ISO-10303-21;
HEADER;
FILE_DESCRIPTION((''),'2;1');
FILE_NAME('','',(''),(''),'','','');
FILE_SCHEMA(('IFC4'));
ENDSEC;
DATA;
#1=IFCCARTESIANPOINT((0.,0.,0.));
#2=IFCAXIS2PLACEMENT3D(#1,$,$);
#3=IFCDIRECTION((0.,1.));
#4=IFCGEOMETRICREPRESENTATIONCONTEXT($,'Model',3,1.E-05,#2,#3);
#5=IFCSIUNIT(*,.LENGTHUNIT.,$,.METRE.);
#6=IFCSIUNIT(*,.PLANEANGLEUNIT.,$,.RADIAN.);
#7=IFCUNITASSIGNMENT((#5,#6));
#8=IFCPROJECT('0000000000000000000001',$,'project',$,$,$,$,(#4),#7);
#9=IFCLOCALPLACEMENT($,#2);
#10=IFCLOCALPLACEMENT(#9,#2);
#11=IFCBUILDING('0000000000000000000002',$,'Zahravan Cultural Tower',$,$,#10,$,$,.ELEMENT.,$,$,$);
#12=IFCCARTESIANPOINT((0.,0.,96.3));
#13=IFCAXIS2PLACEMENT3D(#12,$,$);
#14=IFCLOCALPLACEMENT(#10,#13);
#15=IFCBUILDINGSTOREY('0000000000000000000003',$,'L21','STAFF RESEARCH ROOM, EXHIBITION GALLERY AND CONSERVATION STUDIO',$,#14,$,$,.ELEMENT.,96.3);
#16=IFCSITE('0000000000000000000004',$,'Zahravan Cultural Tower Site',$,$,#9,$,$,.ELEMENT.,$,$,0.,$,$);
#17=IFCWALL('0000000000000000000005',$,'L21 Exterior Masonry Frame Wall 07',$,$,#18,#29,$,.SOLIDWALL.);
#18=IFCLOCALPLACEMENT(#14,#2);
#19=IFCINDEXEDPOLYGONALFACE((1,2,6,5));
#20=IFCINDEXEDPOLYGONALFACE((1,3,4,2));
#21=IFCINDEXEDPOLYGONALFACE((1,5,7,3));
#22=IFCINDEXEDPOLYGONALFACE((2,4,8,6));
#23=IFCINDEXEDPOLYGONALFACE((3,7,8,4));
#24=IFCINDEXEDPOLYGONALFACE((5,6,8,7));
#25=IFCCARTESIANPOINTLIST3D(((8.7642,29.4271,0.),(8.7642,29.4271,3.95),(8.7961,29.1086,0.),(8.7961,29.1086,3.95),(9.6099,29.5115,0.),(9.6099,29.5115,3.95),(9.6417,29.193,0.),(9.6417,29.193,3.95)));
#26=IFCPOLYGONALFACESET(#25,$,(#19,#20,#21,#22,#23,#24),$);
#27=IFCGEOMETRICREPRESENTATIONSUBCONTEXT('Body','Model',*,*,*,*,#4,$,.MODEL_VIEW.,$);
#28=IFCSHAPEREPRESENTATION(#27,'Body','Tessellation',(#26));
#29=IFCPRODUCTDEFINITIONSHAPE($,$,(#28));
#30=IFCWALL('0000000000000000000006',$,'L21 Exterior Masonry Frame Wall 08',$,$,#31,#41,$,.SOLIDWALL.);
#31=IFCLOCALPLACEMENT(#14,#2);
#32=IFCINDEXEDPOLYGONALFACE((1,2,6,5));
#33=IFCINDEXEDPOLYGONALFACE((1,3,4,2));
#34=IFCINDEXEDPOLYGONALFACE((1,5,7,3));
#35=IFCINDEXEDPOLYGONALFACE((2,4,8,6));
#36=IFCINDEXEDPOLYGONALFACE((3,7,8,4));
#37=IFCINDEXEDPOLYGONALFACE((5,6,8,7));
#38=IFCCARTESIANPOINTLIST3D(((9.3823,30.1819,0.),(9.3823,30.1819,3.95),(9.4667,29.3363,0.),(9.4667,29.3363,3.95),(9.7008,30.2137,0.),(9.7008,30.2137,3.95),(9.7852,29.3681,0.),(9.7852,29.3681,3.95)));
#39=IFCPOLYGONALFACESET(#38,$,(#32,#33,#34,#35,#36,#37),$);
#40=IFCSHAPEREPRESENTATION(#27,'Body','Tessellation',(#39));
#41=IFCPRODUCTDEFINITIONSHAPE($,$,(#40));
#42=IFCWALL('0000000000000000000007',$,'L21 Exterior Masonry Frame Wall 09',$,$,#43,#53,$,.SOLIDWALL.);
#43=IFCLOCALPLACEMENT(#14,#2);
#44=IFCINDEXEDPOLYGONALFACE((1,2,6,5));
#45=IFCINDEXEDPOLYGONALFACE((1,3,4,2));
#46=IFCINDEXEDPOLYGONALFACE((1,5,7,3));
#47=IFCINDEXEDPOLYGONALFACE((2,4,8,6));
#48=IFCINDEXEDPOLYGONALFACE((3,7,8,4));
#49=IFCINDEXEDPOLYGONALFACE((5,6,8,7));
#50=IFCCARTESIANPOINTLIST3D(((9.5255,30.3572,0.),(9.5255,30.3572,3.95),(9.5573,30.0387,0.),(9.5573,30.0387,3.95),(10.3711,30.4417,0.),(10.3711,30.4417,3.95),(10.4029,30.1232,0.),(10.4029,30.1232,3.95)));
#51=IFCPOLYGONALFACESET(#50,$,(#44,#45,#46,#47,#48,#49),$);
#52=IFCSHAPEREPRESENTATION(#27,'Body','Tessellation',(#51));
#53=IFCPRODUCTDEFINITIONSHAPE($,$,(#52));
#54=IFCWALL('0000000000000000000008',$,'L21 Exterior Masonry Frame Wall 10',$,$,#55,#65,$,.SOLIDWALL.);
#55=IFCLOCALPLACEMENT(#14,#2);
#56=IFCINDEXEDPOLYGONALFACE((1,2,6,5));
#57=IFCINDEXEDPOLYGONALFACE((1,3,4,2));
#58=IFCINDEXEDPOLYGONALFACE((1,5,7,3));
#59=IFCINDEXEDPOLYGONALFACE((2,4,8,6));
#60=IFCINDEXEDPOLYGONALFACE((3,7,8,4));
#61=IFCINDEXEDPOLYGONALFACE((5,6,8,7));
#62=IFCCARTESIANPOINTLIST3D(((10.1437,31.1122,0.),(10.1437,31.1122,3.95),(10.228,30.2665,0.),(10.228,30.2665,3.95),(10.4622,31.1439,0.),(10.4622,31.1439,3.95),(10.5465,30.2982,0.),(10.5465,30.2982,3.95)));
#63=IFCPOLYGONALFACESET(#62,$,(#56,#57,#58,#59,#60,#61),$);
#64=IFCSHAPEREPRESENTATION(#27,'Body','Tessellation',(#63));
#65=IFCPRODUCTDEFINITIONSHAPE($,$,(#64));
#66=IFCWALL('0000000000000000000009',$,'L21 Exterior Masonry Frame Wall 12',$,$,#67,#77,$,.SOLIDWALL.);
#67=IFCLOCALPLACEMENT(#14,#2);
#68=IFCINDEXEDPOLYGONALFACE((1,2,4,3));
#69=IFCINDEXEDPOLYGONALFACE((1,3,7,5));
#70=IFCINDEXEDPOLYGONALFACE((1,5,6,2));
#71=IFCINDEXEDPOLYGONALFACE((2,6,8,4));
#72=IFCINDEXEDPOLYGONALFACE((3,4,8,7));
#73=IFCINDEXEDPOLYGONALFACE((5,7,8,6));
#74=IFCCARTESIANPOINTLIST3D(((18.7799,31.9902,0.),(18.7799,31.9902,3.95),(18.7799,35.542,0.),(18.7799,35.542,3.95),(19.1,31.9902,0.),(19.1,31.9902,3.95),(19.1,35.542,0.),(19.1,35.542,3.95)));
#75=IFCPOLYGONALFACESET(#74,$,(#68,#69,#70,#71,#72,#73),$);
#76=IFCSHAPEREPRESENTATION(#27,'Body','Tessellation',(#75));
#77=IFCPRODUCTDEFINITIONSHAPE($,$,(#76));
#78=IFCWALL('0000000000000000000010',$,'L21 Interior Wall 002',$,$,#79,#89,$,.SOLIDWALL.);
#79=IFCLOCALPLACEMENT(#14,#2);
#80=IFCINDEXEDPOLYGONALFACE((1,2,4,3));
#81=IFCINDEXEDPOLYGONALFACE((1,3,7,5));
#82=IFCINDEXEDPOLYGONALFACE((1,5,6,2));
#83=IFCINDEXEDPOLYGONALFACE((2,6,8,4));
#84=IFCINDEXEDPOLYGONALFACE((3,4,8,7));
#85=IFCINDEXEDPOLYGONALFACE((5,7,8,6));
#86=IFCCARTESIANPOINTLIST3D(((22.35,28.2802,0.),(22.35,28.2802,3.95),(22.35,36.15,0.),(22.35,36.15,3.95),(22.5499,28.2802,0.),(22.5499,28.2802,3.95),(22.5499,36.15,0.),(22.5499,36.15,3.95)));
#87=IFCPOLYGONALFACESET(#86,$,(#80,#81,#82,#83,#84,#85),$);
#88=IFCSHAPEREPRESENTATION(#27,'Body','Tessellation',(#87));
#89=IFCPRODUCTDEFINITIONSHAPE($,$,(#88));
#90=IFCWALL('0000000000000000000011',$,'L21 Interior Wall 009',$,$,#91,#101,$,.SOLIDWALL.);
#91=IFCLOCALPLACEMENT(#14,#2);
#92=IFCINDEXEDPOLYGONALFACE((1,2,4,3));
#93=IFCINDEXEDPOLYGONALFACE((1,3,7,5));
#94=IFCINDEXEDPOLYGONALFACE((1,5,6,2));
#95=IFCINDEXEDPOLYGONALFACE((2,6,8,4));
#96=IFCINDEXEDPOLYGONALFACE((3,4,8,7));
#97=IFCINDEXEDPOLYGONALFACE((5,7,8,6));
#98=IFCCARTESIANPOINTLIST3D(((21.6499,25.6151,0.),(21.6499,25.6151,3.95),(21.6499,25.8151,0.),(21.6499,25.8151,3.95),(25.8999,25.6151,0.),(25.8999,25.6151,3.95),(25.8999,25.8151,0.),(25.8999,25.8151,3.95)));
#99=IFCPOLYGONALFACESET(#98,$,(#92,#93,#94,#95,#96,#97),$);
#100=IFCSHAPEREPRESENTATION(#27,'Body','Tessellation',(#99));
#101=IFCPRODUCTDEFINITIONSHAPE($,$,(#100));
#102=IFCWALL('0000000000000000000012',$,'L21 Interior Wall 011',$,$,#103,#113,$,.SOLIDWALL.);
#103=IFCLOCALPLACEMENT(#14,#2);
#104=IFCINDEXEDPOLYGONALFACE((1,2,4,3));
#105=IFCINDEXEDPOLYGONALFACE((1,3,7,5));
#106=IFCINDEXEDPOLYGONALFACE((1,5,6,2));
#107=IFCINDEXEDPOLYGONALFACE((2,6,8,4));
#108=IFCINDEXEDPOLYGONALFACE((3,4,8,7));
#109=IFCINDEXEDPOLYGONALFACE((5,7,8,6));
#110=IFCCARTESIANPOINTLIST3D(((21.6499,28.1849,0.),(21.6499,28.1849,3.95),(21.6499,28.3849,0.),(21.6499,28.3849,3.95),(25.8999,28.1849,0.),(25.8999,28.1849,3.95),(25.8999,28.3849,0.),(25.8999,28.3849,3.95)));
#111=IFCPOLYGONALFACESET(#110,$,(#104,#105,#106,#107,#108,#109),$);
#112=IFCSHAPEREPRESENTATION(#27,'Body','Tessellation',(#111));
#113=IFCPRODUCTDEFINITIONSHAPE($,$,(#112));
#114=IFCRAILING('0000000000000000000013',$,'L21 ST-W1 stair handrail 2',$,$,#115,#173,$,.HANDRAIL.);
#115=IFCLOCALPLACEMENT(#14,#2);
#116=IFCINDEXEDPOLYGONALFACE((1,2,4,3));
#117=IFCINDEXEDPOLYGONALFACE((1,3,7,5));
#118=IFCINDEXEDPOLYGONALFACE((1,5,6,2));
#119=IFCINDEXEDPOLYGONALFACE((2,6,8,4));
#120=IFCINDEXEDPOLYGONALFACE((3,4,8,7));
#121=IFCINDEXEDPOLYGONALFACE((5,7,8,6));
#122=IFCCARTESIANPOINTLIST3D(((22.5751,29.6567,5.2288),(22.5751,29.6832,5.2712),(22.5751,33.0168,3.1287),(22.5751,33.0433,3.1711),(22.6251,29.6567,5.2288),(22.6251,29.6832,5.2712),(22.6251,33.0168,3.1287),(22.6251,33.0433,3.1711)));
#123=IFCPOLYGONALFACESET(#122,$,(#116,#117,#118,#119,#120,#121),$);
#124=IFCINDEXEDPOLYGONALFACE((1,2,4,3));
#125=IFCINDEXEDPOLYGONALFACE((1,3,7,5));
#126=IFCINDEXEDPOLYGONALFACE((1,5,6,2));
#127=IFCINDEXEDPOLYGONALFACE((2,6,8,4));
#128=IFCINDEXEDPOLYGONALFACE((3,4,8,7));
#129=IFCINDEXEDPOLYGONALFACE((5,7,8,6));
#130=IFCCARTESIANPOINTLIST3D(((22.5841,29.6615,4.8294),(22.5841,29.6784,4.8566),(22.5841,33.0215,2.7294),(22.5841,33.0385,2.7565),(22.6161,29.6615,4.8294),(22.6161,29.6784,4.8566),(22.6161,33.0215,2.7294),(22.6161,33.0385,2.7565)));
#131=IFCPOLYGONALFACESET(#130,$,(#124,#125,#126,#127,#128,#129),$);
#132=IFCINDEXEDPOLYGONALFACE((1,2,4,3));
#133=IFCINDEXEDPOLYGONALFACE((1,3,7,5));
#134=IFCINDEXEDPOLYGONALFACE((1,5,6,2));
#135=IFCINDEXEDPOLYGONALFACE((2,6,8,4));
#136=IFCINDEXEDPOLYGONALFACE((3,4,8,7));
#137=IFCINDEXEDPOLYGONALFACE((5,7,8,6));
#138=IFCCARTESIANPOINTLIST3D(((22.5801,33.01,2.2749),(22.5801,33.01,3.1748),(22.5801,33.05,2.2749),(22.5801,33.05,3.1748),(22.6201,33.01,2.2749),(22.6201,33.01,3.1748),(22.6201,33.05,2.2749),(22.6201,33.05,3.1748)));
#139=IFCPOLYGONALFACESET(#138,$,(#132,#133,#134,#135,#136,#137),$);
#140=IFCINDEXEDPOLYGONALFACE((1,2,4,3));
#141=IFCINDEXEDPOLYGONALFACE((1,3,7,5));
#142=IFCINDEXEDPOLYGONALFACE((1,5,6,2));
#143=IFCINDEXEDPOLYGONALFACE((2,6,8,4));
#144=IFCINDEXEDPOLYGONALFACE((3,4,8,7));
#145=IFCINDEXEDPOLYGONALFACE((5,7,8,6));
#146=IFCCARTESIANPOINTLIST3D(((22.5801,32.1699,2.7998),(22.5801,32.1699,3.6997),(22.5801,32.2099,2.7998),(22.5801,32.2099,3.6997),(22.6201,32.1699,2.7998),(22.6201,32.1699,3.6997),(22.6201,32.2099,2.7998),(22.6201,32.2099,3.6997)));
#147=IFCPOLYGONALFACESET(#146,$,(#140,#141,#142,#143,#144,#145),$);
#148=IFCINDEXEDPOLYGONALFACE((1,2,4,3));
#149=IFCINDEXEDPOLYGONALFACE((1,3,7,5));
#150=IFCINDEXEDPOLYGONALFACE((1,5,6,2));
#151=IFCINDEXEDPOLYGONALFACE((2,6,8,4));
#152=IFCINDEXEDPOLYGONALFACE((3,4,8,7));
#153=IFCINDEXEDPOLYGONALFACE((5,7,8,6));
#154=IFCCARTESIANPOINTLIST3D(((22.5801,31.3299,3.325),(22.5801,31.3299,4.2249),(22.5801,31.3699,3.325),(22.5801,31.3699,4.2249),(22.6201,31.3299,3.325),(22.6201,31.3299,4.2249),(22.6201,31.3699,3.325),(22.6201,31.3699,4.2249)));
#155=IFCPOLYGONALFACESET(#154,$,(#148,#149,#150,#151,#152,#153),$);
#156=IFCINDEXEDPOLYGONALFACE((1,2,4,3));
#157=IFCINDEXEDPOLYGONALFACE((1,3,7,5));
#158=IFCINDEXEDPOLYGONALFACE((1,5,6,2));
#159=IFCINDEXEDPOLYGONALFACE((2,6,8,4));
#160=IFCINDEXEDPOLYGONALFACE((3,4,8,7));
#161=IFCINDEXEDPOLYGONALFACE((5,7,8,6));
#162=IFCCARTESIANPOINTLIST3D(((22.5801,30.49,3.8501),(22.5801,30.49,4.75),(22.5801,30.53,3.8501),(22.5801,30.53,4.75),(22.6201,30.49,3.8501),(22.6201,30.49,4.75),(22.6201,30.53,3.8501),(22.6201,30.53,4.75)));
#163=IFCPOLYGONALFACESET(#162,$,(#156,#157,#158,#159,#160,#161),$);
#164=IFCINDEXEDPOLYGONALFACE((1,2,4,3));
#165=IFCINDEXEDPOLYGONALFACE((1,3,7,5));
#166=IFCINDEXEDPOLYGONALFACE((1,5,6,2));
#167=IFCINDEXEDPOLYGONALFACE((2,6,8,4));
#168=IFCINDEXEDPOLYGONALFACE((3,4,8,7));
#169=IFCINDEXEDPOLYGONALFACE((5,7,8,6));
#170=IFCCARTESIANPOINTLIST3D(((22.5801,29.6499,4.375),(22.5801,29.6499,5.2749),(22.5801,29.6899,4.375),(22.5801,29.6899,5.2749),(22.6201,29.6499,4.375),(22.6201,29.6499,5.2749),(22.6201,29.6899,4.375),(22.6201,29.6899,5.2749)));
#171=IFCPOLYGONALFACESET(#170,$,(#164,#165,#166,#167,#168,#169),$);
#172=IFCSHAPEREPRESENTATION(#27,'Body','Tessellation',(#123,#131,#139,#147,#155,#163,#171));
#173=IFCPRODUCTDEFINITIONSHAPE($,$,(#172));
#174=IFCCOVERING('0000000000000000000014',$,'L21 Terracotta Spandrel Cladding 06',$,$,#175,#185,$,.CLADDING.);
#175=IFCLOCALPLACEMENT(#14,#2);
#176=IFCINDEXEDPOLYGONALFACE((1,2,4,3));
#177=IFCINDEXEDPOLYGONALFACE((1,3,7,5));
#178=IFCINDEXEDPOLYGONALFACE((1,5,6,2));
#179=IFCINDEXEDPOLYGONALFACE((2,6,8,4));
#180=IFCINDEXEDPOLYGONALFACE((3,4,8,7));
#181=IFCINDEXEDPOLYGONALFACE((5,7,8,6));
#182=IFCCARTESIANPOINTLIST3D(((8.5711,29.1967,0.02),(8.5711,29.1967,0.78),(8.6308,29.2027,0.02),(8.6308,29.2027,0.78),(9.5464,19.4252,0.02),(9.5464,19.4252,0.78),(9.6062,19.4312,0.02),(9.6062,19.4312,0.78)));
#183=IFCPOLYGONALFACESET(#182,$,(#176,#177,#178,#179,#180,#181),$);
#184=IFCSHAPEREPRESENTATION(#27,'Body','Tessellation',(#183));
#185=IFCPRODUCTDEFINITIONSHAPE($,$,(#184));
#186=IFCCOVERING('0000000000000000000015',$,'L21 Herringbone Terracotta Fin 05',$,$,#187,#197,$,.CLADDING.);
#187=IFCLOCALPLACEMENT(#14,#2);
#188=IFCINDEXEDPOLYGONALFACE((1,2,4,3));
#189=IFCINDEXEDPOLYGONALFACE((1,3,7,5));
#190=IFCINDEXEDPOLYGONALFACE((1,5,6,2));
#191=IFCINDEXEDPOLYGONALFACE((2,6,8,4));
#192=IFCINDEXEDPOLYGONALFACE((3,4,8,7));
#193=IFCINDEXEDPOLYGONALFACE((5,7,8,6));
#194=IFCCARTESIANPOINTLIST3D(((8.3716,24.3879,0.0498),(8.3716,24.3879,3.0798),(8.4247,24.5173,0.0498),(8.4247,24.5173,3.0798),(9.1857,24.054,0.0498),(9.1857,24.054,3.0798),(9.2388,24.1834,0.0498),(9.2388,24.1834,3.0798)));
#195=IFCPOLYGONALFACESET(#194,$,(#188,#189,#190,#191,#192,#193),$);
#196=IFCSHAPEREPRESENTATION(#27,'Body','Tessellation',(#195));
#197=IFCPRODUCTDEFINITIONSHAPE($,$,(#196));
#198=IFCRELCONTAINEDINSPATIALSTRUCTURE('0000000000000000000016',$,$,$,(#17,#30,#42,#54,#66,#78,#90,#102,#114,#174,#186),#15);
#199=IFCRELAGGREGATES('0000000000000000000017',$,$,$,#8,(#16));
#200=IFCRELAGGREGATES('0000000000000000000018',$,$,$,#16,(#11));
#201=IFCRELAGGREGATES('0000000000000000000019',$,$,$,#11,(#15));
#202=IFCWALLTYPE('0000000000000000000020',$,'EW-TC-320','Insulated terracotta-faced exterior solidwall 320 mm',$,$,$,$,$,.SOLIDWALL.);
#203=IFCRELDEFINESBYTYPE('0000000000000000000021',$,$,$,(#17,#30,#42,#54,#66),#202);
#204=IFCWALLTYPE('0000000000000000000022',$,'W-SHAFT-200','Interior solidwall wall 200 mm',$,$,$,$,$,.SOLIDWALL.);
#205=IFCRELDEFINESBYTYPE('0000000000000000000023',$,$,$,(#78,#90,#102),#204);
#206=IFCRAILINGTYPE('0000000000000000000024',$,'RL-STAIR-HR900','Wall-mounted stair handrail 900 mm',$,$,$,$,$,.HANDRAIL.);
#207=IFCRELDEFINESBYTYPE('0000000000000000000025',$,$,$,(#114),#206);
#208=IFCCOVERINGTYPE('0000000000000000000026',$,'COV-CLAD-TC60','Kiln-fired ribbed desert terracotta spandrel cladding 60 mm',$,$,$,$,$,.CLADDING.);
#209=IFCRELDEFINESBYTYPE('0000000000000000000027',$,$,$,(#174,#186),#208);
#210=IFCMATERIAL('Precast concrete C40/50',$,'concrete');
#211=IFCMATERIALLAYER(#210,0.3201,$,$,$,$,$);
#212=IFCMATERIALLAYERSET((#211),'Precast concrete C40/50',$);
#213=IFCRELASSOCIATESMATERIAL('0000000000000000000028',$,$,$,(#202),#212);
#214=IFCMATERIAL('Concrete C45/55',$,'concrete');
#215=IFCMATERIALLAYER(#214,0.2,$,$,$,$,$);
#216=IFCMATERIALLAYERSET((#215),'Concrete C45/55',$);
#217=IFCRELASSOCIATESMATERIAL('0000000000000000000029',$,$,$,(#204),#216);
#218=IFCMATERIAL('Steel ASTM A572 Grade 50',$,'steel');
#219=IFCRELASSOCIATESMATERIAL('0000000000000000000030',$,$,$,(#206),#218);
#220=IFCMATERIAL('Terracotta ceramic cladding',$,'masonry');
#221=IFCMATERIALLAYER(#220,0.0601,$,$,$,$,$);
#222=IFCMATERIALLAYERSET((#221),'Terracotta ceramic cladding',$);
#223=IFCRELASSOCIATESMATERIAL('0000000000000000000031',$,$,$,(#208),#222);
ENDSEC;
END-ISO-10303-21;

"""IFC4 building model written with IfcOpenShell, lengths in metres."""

from ifc_helpers import new_model, si_unit, direction, frame, frame_2d, origin, origin_2d, place, context, subcontext, project, spatial, rectangle, extrude, source, transform, mapped, material, layer, layer_set, type_object, element, save


model = new_model("IFC4")

# Units and contexts
model_context = context("Model", 3, precision=1e-05, world=origin(), true_north=direction((0.0, 1.0)))
body_context = subcontext(model_context, "Body", "Model", "MODEL_VIEW")
ifc_project = project(units=[si_unit("LENGTHUNIT", "METRE"), si_unit("PLANEANGLEUNIT", "RADIAN")], contexts=[model_context])

# Site, building, storey
site_placement = place(None, origin())
site = spatial("IfcSite", under=ifc_project, at=site_placement, Name="Zahravan Cultural Tower Site", CompositionType="ELEMENT", RefElevation=0.0)
building_placement = place(site_placement, origin())
building = spatial("IfcBuilding", under=site, at=building_placement, Name="Zahravan Cultural Tower", CompositionType="ELEMENT")
storey_placement = place(building_placement, frame((0.0, 0.0, 96.3)))
storey = spatial("IfcBuildingStorey", under=building, at=storey_placement, Name="L21", Description="STAFF RESEARCH ROOM, EXHIBITION GALLERY AND CONSERVATION STUDIO", CompositionType="ELEMENT", Elevation=96.3)

# Shared definitions
ifc_material_1 = material(Name="Precast concrete C40/50", Category="concrete")
ifc_layer_1 = layer(ifc_material_1, 0.3201)
ifc_layer_set_1 = layer_set([ifc_layer_1], Name="Precast concrete C40/50")
wall_type_1 = type_object("IfcWallType", Name="EW-TC-320", Description="Insulated terracotta-faced exterior solidwall 320 mm", PredefinedType="SOLIDWALL", material=ifc_layer_set_1)

# Walls
shared_shape_1 = source(origin(), body_context, "Body", "SweptSolid", [
    extrude(rectangle(XDim=0.8499, YDim=0.3201, at=frame_2d((0.4248, 0.0))), origin(), (0.0, 0.0, 1.0), 3.95),
])
for number, where, z_axis, x_axis, name in (
    (1, (8.7803, 29.2678, 0.0), (0.0, 0.0, 1.0), (0.995049, 0.09939, 0.0), "L21 Exterior Masonry Frame Wall 07"),
    (2, (9.626, 29.3523, 0.0), (0.0, 0.0, 1.0), (-0.09939, 0.995049, 0.0), "L21 Exterior Masonry Frame Wall 08"),
    (3, (9.5415, 30.198, 0.0), (0.0, 0.0, 1.0), (0.995049, 0.09939, 0.0), "L21 Exterior Masonry Frame Wall 09"),
    (4, (10.3872, 30.2825, 0.0), (0.0, 0.0, 1.0), (-0.099106, 0.995077, 0.0), "L21 Exterior Masonry Frame Wall 10"),
):
    element("IfcWall", number, at=place(storey_placement, frame(where, z_axis=z_axis, x_axis=x_axis)), inside=storey, type_object=wall_type_1, Name=name, PredefinedType="SOLIDWALL", context=body_context, shape_type="MappedRepresentation", body=[
        mapped(shared_shape_1, transform((0.0, 0.0, 0.0), x_axis=(1.0, 0.0, 0.0), y_axis=(0.0, 1.0, 0.0), z_axis=(0.0, 0.0, 1.0), scale=1.0)),
    ])
shared_shape_2 = source(origin(), body_context, "Body", "SweptSolid", [
    extrude(rectangle(XDim=3.5518, YDim=0.3201, at=frame_2d((1.7759, 0.0))), origin(), (0.0, 0.0, 1.0), 3.95),
])
wall_1_placement = place(storey_placement, frame((18.9399, 31.9902, 0.0), z_axis=(0.0, 0.0, 1.0), x_axis=(0.0, 1.0, 0.0)))
element("IfcWall", 5, at=wall_1_placement, inside=storey, type_object=wall_type_1, Name="L21 Exterior Masonry Frame Wall 12", PredefinedType="SOLIDWALL", context=body_context, shape_type="MappedRepresentation", body=[
    mapped(shared_shape_2, transform((0.0, 0.0, 0.0), x_axis=(1.0, 0.0, 0.0), y_axis=(0.0, 1.0, 0.0), z_axis=(0.0, 0.0, 1.0), scale=1.0)),
])
ifc_material_2 = material(Name="Concrete C45/55", Category="concrete")
ifc_layer_2 = layer(ifc_material_2, 0.2)
ifc_layer_set_2 = layer_set([ifc_layer_2], Name="Concrete C45/55")
wall_type_2 = type_object("IfcWallType", Name="W-SHAFT-200", Description="Interior solidwall wall 200 mm", PredefinedType="SOLIDWALL", material=ifc_layer_set_2)
shared_shape_3 = source(origin(), body_context, "Body", "SweptSolid", [
    extrude(rectangle(XDim=7.8699, YDim=0.2, at=frame_2d((3.9351, 0.0))), origin(), (0.0, 0.0, 1.0), 3.95),
])
wall_2_placement = place(storey_placement, frame((22.45, 28.28, 0.0), z_axis=(0.0, 0.0, 1.0), x_axis=(0.0, 1.0, 0.0)))
element("IfcWall", 6, at=wall_2_placement, inside=storey, type_object=wall_type_2, Name="L21 Interior Wall 002", PredefinedType="SOLIDWALL", context=body_context, shape_type="MappedRepresentation", body=[
    mapped(shared_shape_3, transform((0.0, 0.0, 0.0), x_axis=(1.0, 0.0, 0.0), y_axis=(0.0, 1.0, 0.0), z_axis=(0.0, 0.0, 1.0), scale=1.0)),
])
shared_shape_4 = source(origin(), body_context, "Body", "SweptSolid", [
    extrude(rectangle(XDim=4.25, YDim=0.2, at=frame_2d((2.125, 0.0))), origin(), (0.0, 0.0, 1.0), 3.95),
])
for number, where, z_axis, x_axis, name in (
    (7, (21.6499, 25.7151, 0.0), (0.0, 0.0, 1.0), (1.0, 0.0, 0.0), "L21 Interior Wall 009"),
    (8, (21.6499, 28.2849, 0.0), (0.0, 0.0, 1.0), (1.0, 0.0, 0.0), "L21 Interior Wall 011"),
):
    element("IfcWall", number, at=place(storey_placement, frame(where, z_axis=z_axis, x_axis=x_axis)), inside=storey, type_object=wall_type_2, Name=name, PredefinedType="SOLIDWALL", context=body_context, shape_type="MappedRepresentation", body=[
        mapped(shared_shape_4, transform((0.0, 0.0, 0.0), x_axis=(1.0, 0.0, 0.0), y_axis=(0.0, 1.0, 0.0), z_axis=(0.0, 0.0, 1.0), scale=1.0)),
    ])

# Railing
ifc_material_3 = material(Name="Steel ASTM A572 Grade 50", Category="steel")
railing_type = type_object("IfcRailingType", Name="RL-STAIR-HR900", Description="Wall-mounted stair handrail 900 mm", PredefinedType="HANDRAIL", material=ifc_material_3)
railing_placement = place(storey_placement, frame((22.6001, 33.03, 2.2749)))
element("IfcRailing", 9, at=railing_placement, inside=storey, type_object=railing_type, Name="L21 ST-W1 stair handrail 2", PredefinedType="HANDRAIL", context=body_context, shape_type="SweptSolid", body=[
    extrude(rectangle(XDim=0.05, YDim=0.05, at=origin_2d()), frame((0.0, 0.0, 0.875), z_axis=(0.0, -0.847995, 0.530004), x_axis=(1.0, 0.0, 0.0)), (0.0, 0.0, 1.0), 3.9624),
    extrude(rectangle(XDim=0.032, YDim=0.032, at=origin_2d()), frame((0.0, 0.0, 0.468), z_axis=(0.0, -0.847995, 0.530004), x_axis=(1.0, 0.0, 0.0)), (0.0, 0.0, 1.0), 3.9624),
    extrude(rectangle(XDim=0.04, YDim=0.04, at=origin_2d()), origin(), (0.0, 0.0, 1.0), 0.8999),
    extrude(rectangle(XDim=0.04, YDim=0.04, at=origin_2d()), frame((0.0, -0.8401, 0.5249)), (0.0, 0.0, 1.0), 0.8999),
    extrude(rectangle(XDim=0.04, YDim=0.04, at=origin_2d()), frame((0.0, -1.6802, 1.05)), (0.0, 0.0, 1.0), 0.8999),
    extrude(rectangle(XDim=0.04, YDim=0.04, at=origin_2d()), frame((0.0, -2.52, 1.5752)), (0.0, 0.0, 1.0), 0.8999),
    extrude(rectangle(XDim=0.04, YDim=0.04, at=origin_2d()), frame((0.0, -3.3601, 2.1001)), (0.0, 0.0, 1.0), 0.8999),
])

# Coverings
ifc_material_4 = material(Name="Terracotta ceramic cladding", Category="masonry")
ifc_layer_3 = layer(ifc_material_4, 0.0601)
ifc_layer_set_3 = layer_set([ifc_layer_3], Name="Terracotta ceramic cladding")
covering_type = type_object("IfcCoveringType", Name="COV-CLAD-TC60", Description="Kiln-fired ribbed desert terracotta spandrel cladding 60 mm", PredefinedType="CLADDING", material=ifc_layer_set_3)
shared_shape_5 = source(origin(), body_context, "Body", "SweptSolid", [
    extrude(rectangle(XDim=9.8201, YDim=0.0601, at=origin_2d()), origin(), (0.0, 0.0, 1.0), 0.76),
])
covering_1_placement = place(storey_placement, frame((9.0886, 24.314, 0.02), z_axis=(0.0, 0.0, 1.0), x_axis=(-0.09932, 0.995056, 0.0)))
element("IfcCovering", 10, at=covering_1_placement, inside=storey, type_object=covering_type, Name="L21 Terracotta Spandrel Cladding 06", PredefinedType="CLADDING", context=body_context, shape_type="MappedRepresentation", body=[
    mapped(shared_shape_5, transform((0.0, 0.0, 0.0), x_axis=(1.0, 0.0, 0.0), y_axis=(0.0, 1.0, 0.0), z_axis=(0.0, 0.0, 1.0), scale=1.0)),
])
shared_shape_6 = source(origin(), body_context, "Body", "SweptSolid", [
    extrude(rectangle(XDim=0.8799, YDim=0.1399, at=origin_2d()), origin(), (0.0, 0.0, 1.0), 3.03),
])
for number, where, z_axis, x_axis, name in (
    (11, (8.8052, 24.2856, 0.0498), (0.0, 0.0, 1.0), (-0.92521, 0.379456, 0.0), "L21 Herringbone Terracotta Fin 05"),
):
    element("IfcCovering", number, at=place(storey_placement, frame(where, z_axis=z_axis, x_axis=x_axis)), inside=storey, type_object=covering_type, Name=name, PredefinedType="CLADDING", context=body_context, shape_type="MappedRepresentation", body=[
        mapped(shared_shape_6, transform((0.0, 0.0, 0.0), x_axis=(1.0, 0.0, 0.0), y_axis=(0.0, 1.0, 0.0), z_axis=(0.0, 0.0, 1.0), scale=1.0)),
    ])

save(model, "model.ifc")
